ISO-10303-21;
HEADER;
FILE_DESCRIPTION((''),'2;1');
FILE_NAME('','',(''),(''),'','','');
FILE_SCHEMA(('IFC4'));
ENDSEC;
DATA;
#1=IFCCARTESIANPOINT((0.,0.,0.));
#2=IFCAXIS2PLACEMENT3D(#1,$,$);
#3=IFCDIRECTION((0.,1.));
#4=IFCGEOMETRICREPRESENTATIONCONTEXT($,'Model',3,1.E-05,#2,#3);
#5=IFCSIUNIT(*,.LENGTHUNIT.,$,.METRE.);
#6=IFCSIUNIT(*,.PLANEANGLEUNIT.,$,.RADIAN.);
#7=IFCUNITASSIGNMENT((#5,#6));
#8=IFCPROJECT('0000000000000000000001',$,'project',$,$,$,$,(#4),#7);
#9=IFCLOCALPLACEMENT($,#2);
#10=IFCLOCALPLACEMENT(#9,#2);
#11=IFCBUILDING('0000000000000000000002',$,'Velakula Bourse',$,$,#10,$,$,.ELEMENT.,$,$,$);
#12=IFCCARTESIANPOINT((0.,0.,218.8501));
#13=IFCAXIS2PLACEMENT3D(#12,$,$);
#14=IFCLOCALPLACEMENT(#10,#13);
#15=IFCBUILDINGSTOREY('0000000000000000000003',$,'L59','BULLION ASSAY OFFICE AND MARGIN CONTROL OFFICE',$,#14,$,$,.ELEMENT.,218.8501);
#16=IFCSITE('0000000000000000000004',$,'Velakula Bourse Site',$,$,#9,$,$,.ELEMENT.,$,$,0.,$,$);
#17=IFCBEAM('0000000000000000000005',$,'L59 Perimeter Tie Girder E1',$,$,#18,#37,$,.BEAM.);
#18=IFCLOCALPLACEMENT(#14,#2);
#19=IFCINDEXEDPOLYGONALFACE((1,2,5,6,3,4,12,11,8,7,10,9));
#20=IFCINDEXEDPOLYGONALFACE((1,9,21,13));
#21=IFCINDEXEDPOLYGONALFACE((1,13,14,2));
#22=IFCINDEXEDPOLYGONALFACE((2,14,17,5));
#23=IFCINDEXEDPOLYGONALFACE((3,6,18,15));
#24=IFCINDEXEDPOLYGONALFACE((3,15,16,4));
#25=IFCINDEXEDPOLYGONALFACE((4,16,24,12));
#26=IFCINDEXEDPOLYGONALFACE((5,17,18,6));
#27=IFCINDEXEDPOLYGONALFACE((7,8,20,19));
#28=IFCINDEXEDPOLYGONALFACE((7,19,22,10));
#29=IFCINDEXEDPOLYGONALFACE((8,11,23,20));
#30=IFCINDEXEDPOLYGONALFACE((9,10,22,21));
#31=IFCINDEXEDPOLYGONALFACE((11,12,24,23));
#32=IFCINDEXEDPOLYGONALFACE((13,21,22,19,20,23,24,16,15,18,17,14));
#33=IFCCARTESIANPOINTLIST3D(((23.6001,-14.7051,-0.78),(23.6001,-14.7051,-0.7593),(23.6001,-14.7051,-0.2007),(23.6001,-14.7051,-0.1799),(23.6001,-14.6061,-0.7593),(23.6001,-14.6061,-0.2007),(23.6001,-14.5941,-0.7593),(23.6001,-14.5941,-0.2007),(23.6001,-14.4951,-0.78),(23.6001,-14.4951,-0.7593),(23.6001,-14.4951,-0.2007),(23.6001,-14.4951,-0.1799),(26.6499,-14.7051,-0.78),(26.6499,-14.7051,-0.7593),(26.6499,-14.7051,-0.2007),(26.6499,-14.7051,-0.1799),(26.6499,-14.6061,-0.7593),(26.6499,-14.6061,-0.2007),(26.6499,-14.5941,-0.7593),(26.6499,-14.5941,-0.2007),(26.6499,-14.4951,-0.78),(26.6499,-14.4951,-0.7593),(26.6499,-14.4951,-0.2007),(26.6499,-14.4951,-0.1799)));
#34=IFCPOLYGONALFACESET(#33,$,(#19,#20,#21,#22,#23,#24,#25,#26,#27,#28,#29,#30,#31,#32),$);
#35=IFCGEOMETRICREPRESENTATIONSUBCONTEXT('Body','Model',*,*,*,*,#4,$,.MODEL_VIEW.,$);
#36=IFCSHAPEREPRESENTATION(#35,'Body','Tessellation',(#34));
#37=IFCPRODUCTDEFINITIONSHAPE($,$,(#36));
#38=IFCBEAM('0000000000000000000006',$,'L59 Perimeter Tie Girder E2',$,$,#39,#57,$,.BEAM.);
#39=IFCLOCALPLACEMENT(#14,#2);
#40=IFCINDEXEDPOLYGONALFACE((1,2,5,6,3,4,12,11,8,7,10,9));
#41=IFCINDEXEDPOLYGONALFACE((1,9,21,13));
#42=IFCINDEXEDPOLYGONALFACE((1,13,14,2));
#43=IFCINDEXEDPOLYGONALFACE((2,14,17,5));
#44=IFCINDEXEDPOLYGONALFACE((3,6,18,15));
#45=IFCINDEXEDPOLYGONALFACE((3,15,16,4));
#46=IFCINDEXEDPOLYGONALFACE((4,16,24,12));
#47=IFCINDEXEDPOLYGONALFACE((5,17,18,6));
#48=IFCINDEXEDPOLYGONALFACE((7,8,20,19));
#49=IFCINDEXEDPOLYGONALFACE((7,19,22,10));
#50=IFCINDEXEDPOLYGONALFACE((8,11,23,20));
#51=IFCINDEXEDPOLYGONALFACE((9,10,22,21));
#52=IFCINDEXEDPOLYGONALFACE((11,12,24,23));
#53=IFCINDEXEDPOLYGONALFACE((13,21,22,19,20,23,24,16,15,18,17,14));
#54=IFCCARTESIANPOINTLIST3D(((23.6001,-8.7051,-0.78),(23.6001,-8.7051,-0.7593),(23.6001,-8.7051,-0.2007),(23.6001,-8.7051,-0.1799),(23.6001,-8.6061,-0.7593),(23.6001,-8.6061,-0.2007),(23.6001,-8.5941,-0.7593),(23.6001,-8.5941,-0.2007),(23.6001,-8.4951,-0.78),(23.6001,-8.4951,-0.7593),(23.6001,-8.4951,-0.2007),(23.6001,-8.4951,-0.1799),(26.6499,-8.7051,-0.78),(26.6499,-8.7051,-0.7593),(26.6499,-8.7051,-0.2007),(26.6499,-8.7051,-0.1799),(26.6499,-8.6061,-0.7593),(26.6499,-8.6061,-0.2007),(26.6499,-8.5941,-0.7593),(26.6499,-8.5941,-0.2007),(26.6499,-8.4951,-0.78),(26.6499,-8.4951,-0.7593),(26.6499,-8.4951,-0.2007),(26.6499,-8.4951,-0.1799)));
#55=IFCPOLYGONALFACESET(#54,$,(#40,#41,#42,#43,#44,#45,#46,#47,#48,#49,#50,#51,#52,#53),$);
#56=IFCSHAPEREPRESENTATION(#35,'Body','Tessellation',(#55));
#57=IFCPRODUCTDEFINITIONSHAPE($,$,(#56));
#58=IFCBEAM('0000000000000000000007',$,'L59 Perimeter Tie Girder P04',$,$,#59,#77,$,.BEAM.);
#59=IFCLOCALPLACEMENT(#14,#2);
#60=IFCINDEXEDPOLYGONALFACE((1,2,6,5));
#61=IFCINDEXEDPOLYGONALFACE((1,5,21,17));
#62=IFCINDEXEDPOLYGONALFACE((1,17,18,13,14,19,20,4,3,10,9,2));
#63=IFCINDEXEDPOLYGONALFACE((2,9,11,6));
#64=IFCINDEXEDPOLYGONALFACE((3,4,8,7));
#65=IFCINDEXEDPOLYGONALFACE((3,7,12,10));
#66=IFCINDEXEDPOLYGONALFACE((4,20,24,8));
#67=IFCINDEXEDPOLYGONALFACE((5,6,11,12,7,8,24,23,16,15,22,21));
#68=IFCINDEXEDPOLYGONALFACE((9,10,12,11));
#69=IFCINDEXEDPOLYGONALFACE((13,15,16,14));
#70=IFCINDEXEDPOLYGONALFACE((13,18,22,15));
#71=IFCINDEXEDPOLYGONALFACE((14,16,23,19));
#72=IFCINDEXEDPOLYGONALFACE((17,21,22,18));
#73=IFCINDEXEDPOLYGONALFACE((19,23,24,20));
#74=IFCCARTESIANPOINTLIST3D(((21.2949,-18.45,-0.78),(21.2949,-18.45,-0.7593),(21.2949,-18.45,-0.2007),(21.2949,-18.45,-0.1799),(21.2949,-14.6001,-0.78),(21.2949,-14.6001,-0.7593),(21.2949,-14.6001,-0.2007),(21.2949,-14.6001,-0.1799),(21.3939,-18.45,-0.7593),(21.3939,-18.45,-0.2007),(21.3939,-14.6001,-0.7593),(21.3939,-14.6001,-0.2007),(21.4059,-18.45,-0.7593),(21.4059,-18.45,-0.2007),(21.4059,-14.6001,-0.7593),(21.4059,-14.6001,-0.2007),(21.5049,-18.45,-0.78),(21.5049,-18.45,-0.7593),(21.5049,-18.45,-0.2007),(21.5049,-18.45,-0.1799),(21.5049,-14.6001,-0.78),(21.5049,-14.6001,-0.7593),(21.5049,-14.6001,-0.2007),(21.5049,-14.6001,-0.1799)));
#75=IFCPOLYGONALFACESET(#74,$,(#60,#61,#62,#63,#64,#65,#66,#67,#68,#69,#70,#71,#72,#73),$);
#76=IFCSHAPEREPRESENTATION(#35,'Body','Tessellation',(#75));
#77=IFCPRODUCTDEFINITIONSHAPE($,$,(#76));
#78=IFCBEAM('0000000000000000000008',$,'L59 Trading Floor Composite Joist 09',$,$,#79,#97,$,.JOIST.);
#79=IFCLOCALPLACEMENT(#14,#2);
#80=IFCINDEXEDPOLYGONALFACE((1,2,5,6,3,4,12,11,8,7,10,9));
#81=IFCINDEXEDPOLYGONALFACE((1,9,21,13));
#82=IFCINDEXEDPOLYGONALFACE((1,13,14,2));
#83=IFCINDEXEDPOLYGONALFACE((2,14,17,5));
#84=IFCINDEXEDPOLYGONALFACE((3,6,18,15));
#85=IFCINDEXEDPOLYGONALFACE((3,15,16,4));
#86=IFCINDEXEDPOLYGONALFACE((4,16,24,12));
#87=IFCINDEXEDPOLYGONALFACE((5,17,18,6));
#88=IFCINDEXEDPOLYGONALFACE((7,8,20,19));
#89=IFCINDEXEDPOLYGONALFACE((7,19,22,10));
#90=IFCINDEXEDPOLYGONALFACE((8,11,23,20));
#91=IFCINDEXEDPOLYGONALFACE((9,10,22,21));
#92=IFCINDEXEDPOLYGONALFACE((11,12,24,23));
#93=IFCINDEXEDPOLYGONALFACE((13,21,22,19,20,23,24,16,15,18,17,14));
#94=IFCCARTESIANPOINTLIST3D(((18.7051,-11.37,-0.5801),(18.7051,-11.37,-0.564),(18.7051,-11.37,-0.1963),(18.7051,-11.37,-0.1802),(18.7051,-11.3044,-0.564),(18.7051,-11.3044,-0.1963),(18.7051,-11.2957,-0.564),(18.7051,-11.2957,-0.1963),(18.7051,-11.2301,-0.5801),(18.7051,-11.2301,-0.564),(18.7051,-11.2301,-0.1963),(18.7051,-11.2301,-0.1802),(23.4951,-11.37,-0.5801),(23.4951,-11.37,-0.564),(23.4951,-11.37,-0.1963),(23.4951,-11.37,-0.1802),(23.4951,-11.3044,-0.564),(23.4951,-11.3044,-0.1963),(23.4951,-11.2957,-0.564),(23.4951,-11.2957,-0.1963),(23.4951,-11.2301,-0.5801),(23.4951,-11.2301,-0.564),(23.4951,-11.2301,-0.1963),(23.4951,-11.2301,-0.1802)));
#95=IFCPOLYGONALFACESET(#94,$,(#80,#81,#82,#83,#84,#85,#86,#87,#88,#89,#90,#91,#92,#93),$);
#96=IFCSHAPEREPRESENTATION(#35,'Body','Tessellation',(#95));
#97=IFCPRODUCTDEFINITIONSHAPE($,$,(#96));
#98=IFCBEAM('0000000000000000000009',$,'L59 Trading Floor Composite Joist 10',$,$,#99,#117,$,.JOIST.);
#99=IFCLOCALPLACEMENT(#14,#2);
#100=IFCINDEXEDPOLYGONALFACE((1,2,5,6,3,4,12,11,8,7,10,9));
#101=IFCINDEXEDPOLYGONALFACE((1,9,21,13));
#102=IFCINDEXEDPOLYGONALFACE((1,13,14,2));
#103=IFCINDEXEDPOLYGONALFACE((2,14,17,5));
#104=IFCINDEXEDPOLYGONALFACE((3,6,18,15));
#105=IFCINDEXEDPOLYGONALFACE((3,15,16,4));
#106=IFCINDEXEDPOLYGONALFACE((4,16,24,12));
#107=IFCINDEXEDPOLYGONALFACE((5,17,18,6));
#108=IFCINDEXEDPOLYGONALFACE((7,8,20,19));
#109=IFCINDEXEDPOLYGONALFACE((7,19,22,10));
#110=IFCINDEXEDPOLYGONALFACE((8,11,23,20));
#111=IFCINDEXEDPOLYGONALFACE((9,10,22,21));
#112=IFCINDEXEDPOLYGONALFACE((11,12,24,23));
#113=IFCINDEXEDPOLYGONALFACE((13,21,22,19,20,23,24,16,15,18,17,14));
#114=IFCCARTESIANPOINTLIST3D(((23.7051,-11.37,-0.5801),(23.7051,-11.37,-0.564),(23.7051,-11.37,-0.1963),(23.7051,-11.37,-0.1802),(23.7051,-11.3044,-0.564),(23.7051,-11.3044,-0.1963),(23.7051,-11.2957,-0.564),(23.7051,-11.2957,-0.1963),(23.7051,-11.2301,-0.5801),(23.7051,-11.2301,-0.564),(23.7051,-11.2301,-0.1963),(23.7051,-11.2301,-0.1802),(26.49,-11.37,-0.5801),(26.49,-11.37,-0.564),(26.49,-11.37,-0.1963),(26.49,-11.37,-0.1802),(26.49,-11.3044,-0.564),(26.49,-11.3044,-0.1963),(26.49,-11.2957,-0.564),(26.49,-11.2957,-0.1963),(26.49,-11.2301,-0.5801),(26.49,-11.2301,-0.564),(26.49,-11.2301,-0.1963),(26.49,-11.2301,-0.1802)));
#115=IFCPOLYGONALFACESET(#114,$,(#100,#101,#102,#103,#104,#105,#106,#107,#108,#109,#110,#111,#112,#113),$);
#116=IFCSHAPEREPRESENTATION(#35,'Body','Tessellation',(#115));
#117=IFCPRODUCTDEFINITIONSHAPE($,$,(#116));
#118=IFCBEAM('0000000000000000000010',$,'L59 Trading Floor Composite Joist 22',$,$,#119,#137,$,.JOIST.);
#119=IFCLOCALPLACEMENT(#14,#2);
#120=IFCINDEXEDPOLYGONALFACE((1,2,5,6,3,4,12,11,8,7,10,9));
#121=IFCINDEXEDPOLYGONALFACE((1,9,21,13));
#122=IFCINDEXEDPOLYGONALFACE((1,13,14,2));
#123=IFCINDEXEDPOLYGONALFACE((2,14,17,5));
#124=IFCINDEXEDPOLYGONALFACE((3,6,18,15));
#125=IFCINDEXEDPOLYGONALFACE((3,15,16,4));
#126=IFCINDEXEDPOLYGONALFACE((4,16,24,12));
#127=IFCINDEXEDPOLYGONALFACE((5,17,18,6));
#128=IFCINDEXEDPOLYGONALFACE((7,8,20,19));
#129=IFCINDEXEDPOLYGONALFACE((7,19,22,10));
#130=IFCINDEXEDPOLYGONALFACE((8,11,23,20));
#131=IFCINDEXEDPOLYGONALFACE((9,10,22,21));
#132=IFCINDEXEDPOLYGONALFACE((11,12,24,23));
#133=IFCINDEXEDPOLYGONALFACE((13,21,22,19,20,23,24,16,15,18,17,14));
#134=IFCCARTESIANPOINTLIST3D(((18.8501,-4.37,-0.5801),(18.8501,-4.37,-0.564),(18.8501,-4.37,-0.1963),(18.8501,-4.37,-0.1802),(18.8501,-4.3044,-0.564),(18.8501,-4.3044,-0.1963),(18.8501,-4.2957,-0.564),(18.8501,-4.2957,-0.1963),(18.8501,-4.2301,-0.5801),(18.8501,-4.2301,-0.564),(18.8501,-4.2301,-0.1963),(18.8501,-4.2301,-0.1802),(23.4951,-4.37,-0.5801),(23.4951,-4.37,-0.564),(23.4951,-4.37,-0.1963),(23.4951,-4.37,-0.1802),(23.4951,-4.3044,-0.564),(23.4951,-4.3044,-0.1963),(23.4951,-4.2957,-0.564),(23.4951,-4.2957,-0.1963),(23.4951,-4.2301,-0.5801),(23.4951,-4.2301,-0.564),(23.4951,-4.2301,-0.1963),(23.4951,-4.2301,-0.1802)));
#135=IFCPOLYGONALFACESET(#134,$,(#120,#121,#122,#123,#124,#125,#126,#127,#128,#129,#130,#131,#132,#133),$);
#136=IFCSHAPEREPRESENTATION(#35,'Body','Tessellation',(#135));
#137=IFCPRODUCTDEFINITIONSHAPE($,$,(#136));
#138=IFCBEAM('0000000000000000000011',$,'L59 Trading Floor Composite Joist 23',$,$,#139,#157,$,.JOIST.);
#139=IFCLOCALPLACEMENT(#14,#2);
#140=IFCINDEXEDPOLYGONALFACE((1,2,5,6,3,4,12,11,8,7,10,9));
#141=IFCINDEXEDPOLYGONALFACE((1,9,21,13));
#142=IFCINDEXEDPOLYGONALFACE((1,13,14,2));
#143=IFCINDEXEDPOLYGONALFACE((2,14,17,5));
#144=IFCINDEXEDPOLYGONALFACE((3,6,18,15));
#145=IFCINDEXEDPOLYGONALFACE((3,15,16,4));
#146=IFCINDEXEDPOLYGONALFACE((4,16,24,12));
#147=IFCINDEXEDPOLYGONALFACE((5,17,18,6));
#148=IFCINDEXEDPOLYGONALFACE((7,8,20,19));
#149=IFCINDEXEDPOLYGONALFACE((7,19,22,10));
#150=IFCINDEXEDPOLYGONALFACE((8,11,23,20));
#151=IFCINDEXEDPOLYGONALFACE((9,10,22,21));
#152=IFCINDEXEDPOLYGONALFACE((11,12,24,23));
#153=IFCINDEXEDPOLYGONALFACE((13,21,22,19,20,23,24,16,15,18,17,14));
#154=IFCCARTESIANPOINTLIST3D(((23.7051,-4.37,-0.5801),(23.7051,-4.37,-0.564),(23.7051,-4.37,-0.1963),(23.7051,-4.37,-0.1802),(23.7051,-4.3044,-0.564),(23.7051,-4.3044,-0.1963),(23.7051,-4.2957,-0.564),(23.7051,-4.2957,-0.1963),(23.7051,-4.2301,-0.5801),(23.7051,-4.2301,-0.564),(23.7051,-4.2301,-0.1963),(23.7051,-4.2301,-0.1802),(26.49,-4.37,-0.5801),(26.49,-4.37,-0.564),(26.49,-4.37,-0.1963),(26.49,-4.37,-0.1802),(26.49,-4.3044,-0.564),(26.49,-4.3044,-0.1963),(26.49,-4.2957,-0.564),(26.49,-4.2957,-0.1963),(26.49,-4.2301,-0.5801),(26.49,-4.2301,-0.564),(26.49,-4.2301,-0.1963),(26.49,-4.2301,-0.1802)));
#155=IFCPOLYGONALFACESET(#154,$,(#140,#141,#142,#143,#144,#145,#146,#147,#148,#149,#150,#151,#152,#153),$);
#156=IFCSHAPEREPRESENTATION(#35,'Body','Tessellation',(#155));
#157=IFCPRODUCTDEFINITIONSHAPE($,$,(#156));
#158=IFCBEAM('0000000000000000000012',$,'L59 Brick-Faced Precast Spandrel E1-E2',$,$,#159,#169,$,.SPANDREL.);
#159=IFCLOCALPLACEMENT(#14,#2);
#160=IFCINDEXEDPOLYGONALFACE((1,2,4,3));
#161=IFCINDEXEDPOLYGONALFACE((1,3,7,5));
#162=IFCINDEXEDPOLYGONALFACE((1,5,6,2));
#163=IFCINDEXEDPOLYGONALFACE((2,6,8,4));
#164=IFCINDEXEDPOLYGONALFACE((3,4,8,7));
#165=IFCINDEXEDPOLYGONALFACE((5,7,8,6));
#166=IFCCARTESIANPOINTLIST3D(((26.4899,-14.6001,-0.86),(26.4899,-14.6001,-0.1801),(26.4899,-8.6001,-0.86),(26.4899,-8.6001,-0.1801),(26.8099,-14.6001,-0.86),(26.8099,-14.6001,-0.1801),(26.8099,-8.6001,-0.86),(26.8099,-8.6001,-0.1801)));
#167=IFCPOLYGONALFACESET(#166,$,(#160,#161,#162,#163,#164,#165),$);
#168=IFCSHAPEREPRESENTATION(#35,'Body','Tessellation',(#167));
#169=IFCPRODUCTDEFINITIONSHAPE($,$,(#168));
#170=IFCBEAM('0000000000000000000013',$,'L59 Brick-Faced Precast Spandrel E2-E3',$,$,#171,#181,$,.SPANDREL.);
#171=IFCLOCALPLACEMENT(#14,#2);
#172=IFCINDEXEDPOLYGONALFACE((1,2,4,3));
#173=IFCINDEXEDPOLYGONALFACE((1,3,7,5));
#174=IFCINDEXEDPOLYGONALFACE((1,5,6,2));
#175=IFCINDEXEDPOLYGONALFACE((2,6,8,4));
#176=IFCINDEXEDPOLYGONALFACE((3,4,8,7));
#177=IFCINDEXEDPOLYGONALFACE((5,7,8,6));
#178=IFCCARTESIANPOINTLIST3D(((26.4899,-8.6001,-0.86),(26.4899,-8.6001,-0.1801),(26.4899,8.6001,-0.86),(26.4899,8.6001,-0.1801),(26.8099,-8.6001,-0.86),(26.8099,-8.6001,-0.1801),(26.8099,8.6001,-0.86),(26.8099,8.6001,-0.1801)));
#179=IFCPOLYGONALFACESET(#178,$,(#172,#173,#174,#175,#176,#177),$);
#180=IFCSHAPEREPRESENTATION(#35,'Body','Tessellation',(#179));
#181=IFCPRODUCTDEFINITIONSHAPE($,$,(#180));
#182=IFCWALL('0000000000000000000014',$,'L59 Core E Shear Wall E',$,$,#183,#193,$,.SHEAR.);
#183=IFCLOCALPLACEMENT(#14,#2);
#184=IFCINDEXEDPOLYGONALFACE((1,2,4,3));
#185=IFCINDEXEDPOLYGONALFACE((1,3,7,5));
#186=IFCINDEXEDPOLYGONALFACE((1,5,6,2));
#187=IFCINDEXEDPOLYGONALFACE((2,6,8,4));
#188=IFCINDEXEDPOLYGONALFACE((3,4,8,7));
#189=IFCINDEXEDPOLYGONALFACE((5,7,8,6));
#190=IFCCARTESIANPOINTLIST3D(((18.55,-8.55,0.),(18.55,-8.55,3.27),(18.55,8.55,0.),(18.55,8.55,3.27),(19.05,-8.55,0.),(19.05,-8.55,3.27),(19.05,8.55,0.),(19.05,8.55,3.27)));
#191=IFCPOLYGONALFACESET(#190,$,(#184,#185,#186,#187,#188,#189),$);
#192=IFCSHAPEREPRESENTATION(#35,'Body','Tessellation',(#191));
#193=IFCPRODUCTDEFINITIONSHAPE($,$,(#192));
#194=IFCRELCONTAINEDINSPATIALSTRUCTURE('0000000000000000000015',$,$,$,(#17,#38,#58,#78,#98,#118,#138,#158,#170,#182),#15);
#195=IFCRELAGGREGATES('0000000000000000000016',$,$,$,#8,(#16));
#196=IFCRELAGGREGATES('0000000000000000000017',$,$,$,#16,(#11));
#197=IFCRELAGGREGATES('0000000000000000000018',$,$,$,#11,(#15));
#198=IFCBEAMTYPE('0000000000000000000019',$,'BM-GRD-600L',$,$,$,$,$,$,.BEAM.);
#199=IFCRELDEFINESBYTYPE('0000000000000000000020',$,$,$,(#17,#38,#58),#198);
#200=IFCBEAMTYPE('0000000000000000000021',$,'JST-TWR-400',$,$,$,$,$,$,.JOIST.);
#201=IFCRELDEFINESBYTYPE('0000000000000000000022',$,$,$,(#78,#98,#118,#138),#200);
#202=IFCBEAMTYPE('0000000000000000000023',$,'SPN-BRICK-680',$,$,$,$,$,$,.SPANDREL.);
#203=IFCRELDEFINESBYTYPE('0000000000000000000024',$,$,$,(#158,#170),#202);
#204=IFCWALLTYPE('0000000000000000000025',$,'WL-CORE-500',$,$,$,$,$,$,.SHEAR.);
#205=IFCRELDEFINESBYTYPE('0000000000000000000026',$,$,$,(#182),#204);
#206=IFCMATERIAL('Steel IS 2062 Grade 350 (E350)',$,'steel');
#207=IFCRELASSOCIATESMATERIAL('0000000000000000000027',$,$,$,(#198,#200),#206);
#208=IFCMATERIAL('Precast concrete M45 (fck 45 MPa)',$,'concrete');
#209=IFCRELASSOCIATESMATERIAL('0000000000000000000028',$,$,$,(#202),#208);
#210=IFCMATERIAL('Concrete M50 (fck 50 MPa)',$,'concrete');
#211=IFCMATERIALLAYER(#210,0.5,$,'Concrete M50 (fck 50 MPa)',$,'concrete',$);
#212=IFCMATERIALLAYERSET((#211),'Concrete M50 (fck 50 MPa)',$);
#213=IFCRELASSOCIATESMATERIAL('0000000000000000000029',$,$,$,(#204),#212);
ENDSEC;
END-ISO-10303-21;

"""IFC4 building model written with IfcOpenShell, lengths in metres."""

from ifc_helpers import new_model, si_unit, direction, frame, frame_2d, origin, origin_2d, place, context, subcontext, project, spatial, rectangle, i_section, extrude, material, layer, layer_set, material_profile, profile_set, type_object, element, save


model = new_model("IFC4")

# Units and contexts
model_context = context("Model", 3, precision=1e-05, world=origin(), true_north=direction((0.0, 1.0)))
body_context = subcontext(model_context, "Body", "Model", "MODEL_VIEW")
ifc_project = project(units=[si_unit("LENGTHUNIT", "METRE"), si_unit("PLANEANGLEUNIT", "RADIAN")], contexts=[model_context])

# Site, building, storey
site_placement = place(None, origin())
site = spatial("IfcSite", under=ifc_project, at=site_placement, Name="Velakula Bourse Site", CompositionType="ELEMENT", RefElevation=0.0)
building_placement = place(site_placement, origin())
building = spatial("IfcBuilding", under=site, at=building_placement, Name="Velakula Bourse", CompositionType="ELEMENT")
storey_placement = place(building_placement, frame((0.0, 0.0, 218.8501)))
storey = spatial("IfcBuildingStorey", under=building, at=storey_placement, Name="L59", Description="BULLION ASSAY OFFICE AND MARGIN CONTROL OFFICE", CompositionType="ELEMENT", Elevation=218.8501)

# Shared definitions
ifc_material_1 = material(Name="Concrete M50 (fck 50 MPa)", Category="concrete")
ifc_material_2 = material(Name="Steel IS 2062 Grade 350 (E350)", Category="steel")

# Beams
ifc_material_profile_1 = material_profile(ifc_material_2, i_section(OverallWidth=0.21, OverallDepth=0.6001, WebThickness=0.012, FlangeThickness=0.0208, at=origin_2d()), Name="Steel IS 2062 Grade 350 (E350)")
ifc_profile_set_1 = profile_set([ifc_material_profile_1], Name="Steel IS 2062 Grade 350 (E350)")
beam_type_1 = type_object("IfcBeamType", Name="BM-GRD-600L", PredefinedType="BEAM", material=ifc_profile_set_1)
for number, where, z_axis, x_axis, name in (
    (1, (23.6001, -14.6001, -0.48), (1.0, 0.0, 0.0), (0.0, 1.0, 0.0), "L59 Perimeter Tie Girder E1"),
    (2, (23.6001, -8.6001, -0.48), (1.0, 0.0, 0.0), (0.0, 1.0, 0.0), "L59 Perimeter Tie Girder E2"),
):
    element("IfcBeam", number, at=place(storey_placement, frame(where, z_axis=z_axis, x_axis=x_axis)), inside=storey, type_object=beam_type_1, Name=name, PredefinedType="BEAM", context=body_context, shape_type="SweptSolid", body=[
        extrude(i_section(OverallWidth=0.21, OverallDepth=0.6001, WebThickness=0.012, FlangeThickness=0.0208, at=origin_2d()), origin(), (0.0, 0.0, 1.0), 3.0498),
    ])
beam_1_placement = place(storey_placement, frame((21.3999, -14.6001, -0.48), z_axis=(0.0, -1.0, 0.0), x_axis=(1.0, 0.0, 0.0)))
element("IfcBeam", 3, at=beam_1_placement, inside=storey, type_object=beam_type_1, Name="L59 Perimeter Tie Girder P04", PredefinedType="BEAM", context=body_context, shape_type="SweptSolid", body=[
    extrude(i_section(OverallWidth=0.21, OverallDepth=0.6001, WebThickness=0.012, FlangeThickness=0.0208, at=origin_2d()), origin(), (0.0, 0.0, 1.0), 3.8499),
])
ifc_material_profile_2 = material_profile(ifc_material_2, i_section(OverallWidth=0.1399, OverallDepth=0.3999, WebThickness=0.0088, FlangeThickness=0.0161, at=origin_2d()), Name="Steel IS 2062 Grade 350 (E350)")
ifc_profile_set_2 = profile_set([ifc_material_profile_2], Name="Steel IS 2062 Grade 350 (E350)")
beam_type_2 = type_object("IfcBeamType", Name="JST-TWR-400", PredefinedType="JOIST", material=ifc_profile_set_2)
beam_2_placement = place(storey_placement, frame((18.7051, -11.3, -0.3801), z_axis=(1.0, 0.0, 0.0), x_axis=(0.0, 1.0, 0.0)))
element("IfcBeam", 4, at=beam_2_placement, inside=storey, type_object=beam_type_2, Name="L59 Trading Floor Composite Joist 09", PredefinedType="JOIST", context=body_context, shape_type="SweptSolid", body=[
    extrude(i_section(OverallWidth=0.1399, OverallDepth=0.3999, WebThickness=0.0088, FlangeThickness=0.0161, at=origin_2d()), origin(), (0.0, 0.0, 1.0), 4.79),
])
beam_3_placement = place(storey_placement, frame((23.7051, -11.3, -0.3801), z_axis=(1.0, 0.0, 0.0), x_axis=(0.0, 1.0, 0.0)))
element("IfcBeam", 5, at=beam_3_placement, inside=storey, type_object=beam_type_2, Name="L59 Trading Floor Composite Joist 10", PredefinedType="JOIST", context=body_context, shape_type="SweptSolid", body=[
    extrude(i_section(OverallWidth=0.1399, OverallDepth=0.3999, WebThickness=0.0088, FlangeThickness=0.0161, at=origin_2d()), origin(), (0.0, 0.0, 1.0), 2.7849),
])
beam_4_placement = place(storey_placement, frame((18.8501, -4.3, -0.3801), z_axis=(1.0, 0.0, 0.0), x_axis=(0.0, 1.0, 0.0)))
element("IfcBeam", 6, at=beam_4_placement, inside=storey, type_object=beam_type_2, Name="L59 Trading Floor Composite Joist 22", PredefinedType="JOIST", context=body_context, shape_type="SweptSolid", body=[
    extrude(i_section(OverallWidth=0.1399, OverallDepth=0.3999, WebThickness=0.0088, FlangeThickness=0.0161, at=origin_2d()), origin(), (0.0, 0.0, 1.0), 4.645),
])
beam_5_placement = place(storey_placement, frame((23.7051, -4.3, -0.3801), z_axis=(1.0, 0.0, 0.0), x_axis=(0.0, 1.0, 0.0)))
element("IfcBeam", 7, at=beam_5_placement, inside=storey, type_object=beam_type_2, Name="L59 Trading Floor Composite Joist 23", PredefinedType="JOIST", context=body_context, shape_type="SweptSolid", body=[
    extrude(i_section(OverallWidth=0.1399, OverallDepth=0.3999, WebThickness=0.0088, FlangeThickness=0.0161, at=origin_2d()), origin(), (0.0, 0.0, 1.0), 2.7849),
])
ifc_material_3 = material(Name="Precast concrete M45 (fck 45 MPa)", Category="concrete")
ifc_material_profile_3 = material_profile(ifc_material_3, rectangle(XDim=0.3201, YDim=0.6799, at=origin_2d()), Name="Precast concrete M45 (fck 45 MPa)")
ifc_profile_set_3 = profile_set([ifc_material_profile_3], Name="Precast concrete M45 (fck 45 MPa)")
beam_type_3 = type_object("IfcBeamType", Name="SPN-BRICK-680", PredefinedType="SPANDREL", material=ifc_profile_set_3)
beam_6_placement = place(storey_placement, frame((26.6499, -14.6001, -0.52), z_axis=(0.0, 1.0, 0.0), x_axis=(-1.0, 0.0, 0.0)))
element("IfcBeam", 8, at=beam_6_placement, inside=storey, type_object=beam_type_3, Name="L59 Brick-Faced Precast Spandrel E1-E2", PredefinedType="SPANDREL", context=body_context, shape_type="SweptSolid", body=[
    extrude(rectangle(XDim=0.3201, YDim=0.6799, at=origin_2d()), origin(), (0.0, 0.0, 1.0), 6.0),
])
beam_7_placement = place(storey_placement, frame((26.6499, -8.6001, -0.52), z_axis=(0.0, 1.0, 0.0), x_axis=(-1.0, 0.0, 0.0)))
element("IfcBeam", 9, at=beam_7_placement, inside=storey, type_object=beam_type_3, Name="L59 Brick-Faced Precast Spandrel E2-E3", PredefinedType="SPANDREL", context=body_context, shape_type="SweptSolid", body=[
    extrude(rectangle(XDim=0.3201, YDim=0.6799, at=origin_2d()), origin(), (0.0, 0.0, 1.0), 17.2002),
])

# Wall
ifc_layer_1 = layer(ifc_material_1, 0.5, Name="Concrete M50 (fck 50 MPa)", Category="concrete")
ifc_layer_set_1 = layer_set([ifc_layer_1], Name="Concrete M50 (fck 50 MPa)")
wall_type_1 = type_object("IfcWallType", Name="WL-CORE-500", PredefinedType="SHEAR", material=ifc_layer_set_1)
wall_1_placement = place(storey_placement, frame((18.8, -8.55, 0.0), z_axis=(0.0, 0.0, 1.0), x_axis=(0.0, 1.0, 0.0)))
element("IfcWall", 10, at=wall_1_placement, inside=storey, type_object=wall_type_1, Name="L59 Core E Shear Wall E", PredefinedType="SHEAR", context=body_context, shape_type="SweptSolid", body=[
    extrude(rectangle(XDim=17.1001, YDim=0.5, at=frame_2d((8.55, 0.0))), origin(), (0.0, 0.0, 1.0), 3.27),
])

save(model, "model.ifc")
